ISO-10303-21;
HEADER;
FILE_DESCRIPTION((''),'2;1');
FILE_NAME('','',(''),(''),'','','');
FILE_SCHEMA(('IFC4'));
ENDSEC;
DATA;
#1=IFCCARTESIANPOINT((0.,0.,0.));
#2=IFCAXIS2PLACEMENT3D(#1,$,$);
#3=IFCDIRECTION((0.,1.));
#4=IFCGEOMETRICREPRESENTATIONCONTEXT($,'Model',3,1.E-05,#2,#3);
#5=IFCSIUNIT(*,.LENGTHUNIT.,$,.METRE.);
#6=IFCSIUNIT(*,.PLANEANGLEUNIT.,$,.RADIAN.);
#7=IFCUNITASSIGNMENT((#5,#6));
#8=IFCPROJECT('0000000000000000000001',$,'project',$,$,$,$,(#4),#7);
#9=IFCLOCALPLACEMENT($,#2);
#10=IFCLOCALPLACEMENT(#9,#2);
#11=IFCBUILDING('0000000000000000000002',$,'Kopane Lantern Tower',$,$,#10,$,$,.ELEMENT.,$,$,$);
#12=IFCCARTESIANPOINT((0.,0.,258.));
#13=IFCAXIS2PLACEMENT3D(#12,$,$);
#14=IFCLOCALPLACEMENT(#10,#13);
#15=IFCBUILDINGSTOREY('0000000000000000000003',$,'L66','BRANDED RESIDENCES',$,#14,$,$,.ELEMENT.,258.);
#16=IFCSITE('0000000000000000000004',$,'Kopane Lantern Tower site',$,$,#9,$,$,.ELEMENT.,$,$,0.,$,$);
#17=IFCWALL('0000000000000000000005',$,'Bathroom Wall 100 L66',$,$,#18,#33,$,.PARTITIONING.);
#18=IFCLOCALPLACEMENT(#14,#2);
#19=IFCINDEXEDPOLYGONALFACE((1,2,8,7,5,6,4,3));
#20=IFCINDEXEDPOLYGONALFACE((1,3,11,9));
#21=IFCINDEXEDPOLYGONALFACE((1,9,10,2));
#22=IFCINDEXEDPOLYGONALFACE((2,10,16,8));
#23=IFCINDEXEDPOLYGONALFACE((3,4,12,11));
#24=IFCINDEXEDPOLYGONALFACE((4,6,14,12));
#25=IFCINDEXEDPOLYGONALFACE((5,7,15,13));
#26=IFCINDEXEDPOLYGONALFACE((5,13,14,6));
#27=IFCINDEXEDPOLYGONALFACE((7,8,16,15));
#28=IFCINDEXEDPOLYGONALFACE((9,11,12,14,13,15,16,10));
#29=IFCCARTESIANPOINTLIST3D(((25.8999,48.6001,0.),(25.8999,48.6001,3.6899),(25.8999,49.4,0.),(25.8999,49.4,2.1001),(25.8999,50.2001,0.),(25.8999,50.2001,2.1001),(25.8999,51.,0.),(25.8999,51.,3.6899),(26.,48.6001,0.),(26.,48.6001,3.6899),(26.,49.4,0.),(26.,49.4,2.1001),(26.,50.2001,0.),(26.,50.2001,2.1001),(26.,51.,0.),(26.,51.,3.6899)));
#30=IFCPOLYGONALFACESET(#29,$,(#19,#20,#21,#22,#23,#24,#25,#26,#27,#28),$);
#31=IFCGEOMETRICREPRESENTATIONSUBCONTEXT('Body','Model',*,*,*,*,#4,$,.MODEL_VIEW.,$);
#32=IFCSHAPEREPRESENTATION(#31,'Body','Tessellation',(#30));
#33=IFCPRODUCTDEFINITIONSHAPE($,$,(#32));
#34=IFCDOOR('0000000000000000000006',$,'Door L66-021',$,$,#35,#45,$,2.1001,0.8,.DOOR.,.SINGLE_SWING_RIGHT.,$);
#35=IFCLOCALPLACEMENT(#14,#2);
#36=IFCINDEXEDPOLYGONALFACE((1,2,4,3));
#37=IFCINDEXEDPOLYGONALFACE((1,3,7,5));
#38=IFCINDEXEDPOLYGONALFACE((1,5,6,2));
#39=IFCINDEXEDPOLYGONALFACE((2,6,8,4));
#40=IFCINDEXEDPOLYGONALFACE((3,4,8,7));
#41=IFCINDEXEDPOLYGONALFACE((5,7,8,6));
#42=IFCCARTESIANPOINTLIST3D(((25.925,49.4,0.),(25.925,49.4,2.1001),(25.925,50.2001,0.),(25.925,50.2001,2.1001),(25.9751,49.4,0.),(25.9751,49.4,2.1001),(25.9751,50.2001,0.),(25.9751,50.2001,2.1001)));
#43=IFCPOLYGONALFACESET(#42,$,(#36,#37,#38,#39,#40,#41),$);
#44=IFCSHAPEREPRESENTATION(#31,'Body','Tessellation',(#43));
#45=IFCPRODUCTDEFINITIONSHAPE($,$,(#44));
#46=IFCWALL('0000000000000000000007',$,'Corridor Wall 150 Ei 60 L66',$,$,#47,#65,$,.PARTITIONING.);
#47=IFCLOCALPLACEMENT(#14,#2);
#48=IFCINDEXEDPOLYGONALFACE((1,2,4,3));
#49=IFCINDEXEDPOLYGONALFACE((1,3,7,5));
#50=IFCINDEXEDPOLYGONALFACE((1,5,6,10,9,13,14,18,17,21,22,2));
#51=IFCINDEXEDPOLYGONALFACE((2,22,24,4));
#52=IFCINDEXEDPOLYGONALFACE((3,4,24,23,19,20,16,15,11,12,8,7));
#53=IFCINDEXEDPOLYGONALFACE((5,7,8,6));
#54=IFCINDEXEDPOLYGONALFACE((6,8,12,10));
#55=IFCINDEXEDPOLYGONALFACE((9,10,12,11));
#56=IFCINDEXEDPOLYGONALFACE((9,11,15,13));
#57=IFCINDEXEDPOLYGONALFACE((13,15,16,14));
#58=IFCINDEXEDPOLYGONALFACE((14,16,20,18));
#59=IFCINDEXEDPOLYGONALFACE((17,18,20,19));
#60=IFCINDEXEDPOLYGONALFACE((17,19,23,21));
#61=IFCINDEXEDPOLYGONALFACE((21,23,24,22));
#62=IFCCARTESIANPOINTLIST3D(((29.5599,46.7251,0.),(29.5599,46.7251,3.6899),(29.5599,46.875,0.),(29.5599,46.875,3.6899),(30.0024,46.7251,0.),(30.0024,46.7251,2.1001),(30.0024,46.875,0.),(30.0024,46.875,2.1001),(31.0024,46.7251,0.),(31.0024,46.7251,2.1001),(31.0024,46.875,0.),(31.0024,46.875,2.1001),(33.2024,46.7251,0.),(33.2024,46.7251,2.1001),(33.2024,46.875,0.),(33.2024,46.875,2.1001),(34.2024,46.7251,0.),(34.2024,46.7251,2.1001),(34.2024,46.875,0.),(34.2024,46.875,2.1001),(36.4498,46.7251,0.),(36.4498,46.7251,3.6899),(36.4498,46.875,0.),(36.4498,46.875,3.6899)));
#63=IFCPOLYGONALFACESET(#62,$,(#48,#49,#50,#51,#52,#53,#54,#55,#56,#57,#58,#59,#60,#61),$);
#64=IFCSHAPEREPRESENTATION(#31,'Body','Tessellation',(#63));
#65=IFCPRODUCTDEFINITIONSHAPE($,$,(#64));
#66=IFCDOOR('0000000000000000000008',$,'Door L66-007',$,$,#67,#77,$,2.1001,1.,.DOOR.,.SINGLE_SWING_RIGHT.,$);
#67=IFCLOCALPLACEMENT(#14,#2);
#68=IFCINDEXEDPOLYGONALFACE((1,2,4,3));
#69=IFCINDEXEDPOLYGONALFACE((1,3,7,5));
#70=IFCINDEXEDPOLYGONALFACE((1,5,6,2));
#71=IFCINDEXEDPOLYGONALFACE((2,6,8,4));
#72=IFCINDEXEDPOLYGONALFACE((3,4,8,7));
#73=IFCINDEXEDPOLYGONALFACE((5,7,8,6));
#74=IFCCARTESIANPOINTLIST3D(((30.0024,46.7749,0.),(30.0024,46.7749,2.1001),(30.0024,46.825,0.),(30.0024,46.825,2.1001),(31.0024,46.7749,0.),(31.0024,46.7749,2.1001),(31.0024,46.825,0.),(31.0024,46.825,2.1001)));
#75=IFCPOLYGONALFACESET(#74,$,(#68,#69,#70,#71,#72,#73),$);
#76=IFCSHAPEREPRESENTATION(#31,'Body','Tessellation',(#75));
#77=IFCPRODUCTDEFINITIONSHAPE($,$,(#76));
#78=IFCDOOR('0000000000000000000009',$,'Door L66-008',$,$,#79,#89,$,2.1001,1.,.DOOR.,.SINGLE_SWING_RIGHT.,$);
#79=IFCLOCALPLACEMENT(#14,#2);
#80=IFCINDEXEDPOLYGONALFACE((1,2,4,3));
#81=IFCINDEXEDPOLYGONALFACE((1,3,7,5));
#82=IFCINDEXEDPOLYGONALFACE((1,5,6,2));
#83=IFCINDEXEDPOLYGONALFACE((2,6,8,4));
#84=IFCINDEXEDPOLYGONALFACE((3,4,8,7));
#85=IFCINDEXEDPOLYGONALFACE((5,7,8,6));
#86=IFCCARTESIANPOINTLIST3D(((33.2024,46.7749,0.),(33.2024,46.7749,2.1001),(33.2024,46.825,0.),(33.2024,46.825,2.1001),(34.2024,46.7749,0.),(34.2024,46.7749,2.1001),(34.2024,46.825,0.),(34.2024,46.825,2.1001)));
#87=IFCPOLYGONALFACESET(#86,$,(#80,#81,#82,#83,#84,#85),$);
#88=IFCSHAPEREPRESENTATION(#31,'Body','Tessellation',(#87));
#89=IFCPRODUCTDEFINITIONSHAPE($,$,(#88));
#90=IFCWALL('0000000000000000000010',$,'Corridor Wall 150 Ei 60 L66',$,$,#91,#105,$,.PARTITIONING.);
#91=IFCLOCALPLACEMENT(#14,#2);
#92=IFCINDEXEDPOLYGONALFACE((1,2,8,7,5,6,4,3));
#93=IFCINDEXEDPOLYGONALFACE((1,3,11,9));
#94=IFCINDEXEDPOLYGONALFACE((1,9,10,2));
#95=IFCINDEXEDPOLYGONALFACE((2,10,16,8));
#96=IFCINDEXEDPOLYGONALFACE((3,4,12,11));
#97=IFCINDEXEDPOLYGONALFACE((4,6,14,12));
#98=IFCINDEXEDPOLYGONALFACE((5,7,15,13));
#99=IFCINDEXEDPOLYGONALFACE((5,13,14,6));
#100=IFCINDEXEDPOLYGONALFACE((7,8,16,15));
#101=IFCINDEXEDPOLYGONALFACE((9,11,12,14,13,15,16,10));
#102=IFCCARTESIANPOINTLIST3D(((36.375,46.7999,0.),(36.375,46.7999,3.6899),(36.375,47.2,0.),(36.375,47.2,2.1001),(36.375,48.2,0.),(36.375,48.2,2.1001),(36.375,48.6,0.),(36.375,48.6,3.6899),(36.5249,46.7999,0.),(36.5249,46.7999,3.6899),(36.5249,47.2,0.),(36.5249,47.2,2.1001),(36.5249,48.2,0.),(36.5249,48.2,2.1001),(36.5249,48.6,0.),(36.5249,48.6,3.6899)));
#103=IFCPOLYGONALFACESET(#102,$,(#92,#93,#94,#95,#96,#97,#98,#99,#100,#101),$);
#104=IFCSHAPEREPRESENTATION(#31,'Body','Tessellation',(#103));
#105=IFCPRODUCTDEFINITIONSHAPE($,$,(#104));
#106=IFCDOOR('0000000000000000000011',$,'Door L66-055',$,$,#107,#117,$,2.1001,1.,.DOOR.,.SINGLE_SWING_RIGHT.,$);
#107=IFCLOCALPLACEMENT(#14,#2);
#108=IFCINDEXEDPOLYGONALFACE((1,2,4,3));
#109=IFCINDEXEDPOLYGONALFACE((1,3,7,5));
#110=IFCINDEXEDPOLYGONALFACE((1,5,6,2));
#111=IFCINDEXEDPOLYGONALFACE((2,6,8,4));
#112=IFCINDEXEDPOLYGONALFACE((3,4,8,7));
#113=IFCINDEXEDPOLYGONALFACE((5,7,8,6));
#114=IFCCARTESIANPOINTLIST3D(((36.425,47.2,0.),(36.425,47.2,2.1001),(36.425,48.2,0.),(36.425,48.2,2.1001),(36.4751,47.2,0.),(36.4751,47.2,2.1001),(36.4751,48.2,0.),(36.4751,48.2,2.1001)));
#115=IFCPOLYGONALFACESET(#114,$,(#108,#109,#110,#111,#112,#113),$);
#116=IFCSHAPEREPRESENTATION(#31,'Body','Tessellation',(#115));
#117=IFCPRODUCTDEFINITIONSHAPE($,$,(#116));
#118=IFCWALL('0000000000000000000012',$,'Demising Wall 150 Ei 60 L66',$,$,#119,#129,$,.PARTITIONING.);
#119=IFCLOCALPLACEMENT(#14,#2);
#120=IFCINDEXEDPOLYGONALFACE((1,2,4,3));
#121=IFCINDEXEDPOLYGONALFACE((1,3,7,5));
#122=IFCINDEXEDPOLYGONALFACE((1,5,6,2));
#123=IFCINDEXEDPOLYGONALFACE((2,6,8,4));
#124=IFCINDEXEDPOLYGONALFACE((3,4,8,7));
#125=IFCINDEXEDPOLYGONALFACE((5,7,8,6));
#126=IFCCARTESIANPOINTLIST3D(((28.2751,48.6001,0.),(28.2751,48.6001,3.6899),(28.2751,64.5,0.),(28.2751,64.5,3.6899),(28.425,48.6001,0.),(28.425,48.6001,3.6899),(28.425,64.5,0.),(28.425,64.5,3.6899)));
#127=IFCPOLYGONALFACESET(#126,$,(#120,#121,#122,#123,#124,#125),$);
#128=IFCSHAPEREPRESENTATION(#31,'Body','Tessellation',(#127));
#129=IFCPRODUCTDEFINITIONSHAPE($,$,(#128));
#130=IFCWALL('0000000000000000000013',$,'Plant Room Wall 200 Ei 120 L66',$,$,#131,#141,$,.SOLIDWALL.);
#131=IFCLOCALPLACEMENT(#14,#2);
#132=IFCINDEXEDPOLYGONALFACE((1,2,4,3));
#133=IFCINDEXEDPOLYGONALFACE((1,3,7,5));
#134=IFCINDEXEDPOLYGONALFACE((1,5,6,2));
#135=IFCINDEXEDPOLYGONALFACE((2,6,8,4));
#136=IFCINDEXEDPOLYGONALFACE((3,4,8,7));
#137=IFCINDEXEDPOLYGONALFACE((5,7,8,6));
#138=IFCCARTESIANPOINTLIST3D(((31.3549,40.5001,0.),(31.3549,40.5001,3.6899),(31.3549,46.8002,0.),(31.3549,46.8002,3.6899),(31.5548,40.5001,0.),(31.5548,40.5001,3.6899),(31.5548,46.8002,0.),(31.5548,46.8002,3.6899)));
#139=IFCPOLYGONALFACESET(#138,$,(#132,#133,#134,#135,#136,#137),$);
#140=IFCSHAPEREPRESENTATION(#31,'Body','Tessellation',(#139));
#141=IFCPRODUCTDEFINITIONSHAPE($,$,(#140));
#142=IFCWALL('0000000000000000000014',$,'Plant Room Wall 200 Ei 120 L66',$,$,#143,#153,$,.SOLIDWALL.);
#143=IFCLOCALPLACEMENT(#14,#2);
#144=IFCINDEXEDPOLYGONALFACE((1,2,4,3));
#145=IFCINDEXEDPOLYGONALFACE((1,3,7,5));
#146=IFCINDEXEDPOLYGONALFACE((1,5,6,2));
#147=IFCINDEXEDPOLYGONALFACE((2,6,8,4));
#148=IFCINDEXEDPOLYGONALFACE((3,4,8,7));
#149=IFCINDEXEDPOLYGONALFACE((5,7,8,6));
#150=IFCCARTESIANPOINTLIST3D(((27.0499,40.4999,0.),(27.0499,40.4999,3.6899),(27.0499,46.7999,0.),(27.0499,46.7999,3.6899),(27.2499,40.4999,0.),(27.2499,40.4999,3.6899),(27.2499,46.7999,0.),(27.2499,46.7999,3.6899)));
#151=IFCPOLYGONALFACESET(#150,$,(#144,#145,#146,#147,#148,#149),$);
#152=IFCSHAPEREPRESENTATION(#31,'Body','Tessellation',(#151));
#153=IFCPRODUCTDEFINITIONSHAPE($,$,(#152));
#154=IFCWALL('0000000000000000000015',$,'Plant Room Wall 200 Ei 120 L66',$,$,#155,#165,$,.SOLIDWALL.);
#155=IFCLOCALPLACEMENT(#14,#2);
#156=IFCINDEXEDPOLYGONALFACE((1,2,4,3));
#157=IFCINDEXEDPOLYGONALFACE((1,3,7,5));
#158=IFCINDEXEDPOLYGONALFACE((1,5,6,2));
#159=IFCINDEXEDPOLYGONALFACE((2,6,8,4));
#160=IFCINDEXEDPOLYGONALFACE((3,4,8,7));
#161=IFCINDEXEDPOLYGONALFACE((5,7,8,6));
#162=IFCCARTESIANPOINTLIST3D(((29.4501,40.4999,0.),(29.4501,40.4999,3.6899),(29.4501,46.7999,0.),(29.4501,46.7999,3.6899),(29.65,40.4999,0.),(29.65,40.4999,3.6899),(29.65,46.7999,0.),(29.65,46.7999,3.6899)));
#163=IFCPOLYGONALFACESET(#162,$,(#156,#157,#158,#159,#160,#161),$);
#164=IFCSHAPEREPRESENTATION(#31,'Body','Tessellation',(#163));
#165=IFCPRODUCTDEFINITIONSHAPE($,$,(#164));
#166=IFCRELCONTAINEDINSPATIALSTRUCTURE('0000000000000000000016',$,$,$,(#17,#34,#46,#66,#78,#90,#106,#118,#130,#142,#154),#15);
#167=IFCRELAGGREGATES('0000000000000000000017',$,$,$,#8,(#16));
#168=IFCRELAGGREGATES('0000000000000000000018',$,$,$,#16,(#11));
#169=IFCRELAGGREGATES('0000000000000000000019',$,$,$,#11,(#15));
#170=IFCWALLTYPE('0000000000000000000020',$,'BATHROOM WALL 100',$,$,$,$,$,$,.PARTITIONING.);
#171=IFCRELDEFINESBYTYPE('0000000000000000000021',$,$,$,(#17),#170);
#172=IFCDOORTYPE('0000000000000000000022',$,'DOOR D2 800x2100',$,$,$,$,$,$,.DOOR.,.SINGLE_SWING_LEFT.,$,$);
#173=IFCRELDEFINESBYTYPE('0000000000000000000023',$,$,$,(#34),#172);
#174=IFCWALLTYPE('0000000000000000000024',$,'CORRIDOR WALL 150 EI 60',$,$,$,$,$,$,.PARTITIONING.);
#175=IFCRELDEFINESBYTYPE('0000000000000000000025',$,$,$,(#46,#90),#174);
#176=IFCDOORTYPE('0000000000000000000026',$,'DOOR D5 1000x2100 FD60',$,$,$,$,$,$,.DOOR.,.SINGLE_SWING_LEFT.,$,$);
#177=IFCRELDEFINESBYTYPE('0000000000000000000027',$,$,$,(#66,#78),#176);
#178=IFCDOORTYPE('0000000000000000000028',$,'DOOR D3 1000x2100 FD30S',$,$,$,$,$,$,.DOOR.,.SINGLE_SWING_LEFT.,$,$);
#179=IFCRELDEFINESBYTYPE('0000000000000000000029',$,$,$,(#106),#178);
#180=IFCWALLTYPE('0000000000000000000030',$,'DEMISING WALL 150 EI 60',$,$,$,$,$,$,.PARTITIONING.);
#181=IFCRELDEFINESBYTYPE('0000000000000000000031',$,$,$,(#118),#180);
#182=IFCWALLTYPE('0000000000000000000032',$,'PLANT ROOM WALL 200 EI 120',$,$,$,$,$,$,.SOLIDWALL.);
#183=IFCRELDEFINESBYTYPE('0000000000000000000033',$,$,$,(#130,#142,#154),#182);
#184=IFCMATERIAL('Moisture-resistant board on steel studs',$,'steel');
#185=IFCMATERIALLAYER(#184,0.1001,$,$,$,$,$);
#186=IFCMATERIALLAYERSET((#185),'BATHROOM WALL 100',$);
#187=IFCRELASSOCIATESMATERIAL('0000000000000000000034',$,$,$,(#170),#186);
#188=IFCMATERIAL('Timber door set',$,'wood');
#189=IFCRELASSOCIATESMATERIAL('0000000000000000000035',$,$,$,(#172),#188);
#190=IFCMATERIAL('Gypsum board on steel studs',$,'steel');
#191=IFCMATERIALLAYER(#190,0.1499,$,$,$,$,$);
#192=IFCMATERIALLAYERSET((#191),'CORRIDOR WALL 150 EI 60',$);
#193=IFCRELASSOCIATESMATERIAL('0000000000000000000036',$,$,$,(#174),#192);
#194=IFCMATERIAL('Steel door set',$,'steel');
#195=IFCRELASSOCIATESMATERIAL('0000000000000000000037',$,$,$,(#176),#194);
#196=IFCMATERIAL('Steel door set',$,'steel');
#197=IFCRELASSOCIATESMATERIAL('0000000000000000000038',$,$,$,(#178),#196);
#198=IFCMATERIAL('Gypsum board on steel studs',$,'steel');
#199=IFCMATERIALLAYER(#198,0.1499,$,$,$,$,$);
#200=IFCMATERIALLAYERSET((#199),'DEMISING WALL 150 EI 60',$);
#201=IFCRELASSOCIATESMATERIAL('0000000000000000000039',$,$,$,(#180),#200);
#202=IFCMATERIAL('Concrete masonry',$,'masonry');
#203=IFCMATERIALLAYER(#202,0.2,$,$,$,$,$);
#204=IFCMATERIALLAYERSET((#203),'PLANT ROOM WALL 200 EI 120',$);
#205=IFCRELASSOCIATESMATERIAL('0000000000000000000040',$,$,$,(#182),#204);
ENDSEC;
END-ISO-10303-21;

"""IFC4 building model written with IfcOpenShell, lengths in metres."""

from ifc_helpers import new_model, si_unit, direction, frame, frame_2d, origin, place, context, subcontext, project, spatial, rectangle, extrude, material, layer, layer_set, type_object, element, fill, save


model = new_model("IFC4")

# Units and contexts
model_context = context("Model", 3, precision=1e-05, world=origin(), true_north=direction((0.0, 1.0)))
body_context = subcontext(model_context, "Body", "Model", "MODEL_VIEW")
ifc_project = project(units=[si_unit("LENGTHUNIT", "METRE"), si_unit("PLANEANGLEUNIT", "RADIAN")], contexts=[model_context])

# Site, building, storey
site_placement = place(None, origin())
site = spatial("IfcSite", under=ifc_project, at=site_placement, Name="Kopane Lantern Tower site", CompositionType="ELEMENT", RefElevation=0.0)
building_placement = place(site_placement, origin())
building = spatial("IfcBuilding", under=site, at=building_placement, Name="Kopane Lantern Tower", CompositionType="ELEMENT")
storey_placement = place(building_placement, frame((0.0, 0.0, 258.0)))
storey = spatial("IfcBuildingStorey", under=building, at=storey_placement, Name="L66", Description="BRANDED RESIDENCES", CompositionType="ELEMENT", Elevation=258.0)

# Wall, opening, door
ifc_material_1 = material(Name="Moisture-resistant board on steel studs", Category="steel")
ifc_layer_1 = layer(ifc_material_1, 0.1001)
ifc_layer_set_1 = layer_set([ifc_layer_1], Name="BATHROOM WALL 100")
wall_type_1 = type_object("IfcWallType", Name="BATHROOM WALL 100", PredefinedType="PARTITIONING", material=ifc_layer_set_1)
wall_1_placement = place(storey_placement, frame((25.95, 48.6001, 0.0), z_axis=(0.0, 0.0, 1.0), x_axis=(0.0, 1.0, 0.0)))
wall_1 = element("IfcWall", 1, at=wall_1_placement, inside=storey, type_object=wall_type_1, Name="Bathroom Wall 100 L66", PredefinedType="PARTITIONING", context=body_context, shape_type="SweptSolid", body=[
    extrude(rectangle(XDim=2.3999, YDim=0.1001, at=frame_2d((1.2, 0.0))), origin(), (0.0, 0.0, 1.0), 3.6899),
])
opening_1_placement = place(wall_1_placement, frame((0.8, 0.0, 0.0)))
opening_1 = element("IfcOpeningElement", 2, at=opening_1_placement, cuts=wall_1, PredefinedType="OPENING", context=body_context, shape_type="SweptSolid", body=[
    extrude(rectangle(XDim=0.8, YDim=2.1001, at=frame_2d((0.3999, 1.05))), frame((0.0, 0.0601, 0.0), z_axis=(0.0, -1.0, 0.0), x_axis=(1.0, 0.0, 0.0)), (0.0, 0.0, 1.0), 0.1201),
])
ifc_material_2 = material(Name="Timber door set", Category="wood")
door_type_1 = type_object("IfcDoorType", Name="DOOR D2 800x2100", OperationType="SINGLE_SWING_LEFT", PredefinedType="DOOR", material=ifc_material_2)
door_1_placement = place(opening_1_placement, origin())
door_1 = element("IfcDoor", 3, at=door_1_placement, inside=storey, type_object=door_type_1, Name="Door L66-021", OperationType="SINGLE_SWING_RIGHT", OverallHeight=2.1001, OverallWidth=0.8, PredefinedType="DOOR", context=body_context, shape_type="SweptSolid", body=[
    extrude(rectangle(XDim=0.8, YDim=2.1001, at=frame_2d((0.3999, 1.05))), frame((0.0, 0.0249, 0.0), z_axis=(0.0, -1.0, 0.0), x_axis=(1.0, 0.0, 0.0)), (0.0, 0.0, 1.0), 0.05),
])
fill(opening_1, door_1)

# Wall, openings, doors
ifc_material_3 = material(Name="Gypsum board on steel studs", Category="steel")
ifc_layer_2 = layer(ifc_material_3, 0.1499)
ifc_layer_set_2 = layer_set([ifc_layer_2], Name="CORRIDOR WALL 150 EI 60")
wall_type_2 = type_object("IfcWallType", Name="CORRIDOR WALL 150 EI 60", PredefinedType="PARTITIONING", material=ifc_layer_set_2)
wall_2_placement = place(storey_placement, frame((29.5601, 46.8, 0.0), z_axis=(0.0, 0.0, 1.0), x_axis=(1.0, 0.0, 0.0)))
wall_2 = element("IfcWall", 4, at=wall_2_placement, inside=storey, type_object=wall_type_2, Name="Corridor Wall 150 Ei 60 L66", PredefinedType="PARTITIONING", context=body_context, shape_type="SweptSolid", body=[
    extrude(rectangle(XDim=6.8899, YDim=0.1499, at=frame_2d((3.4448, 0.0))), origin(), (0.0, 0.0, 1.0), 3.6899),
])
opening_2_placement = place(wall_2_placement, frame((0.4424, 0.0, 0.0)))
opening_2 = element("IfcOpeningElement", 5, at=opening_2_placement, cuts=wall_2, PredefinedType="OPENING", context=body_context, shape_type="SweptSolid", body=[
    extrude(rectangle(XDim=1.0, YDim=2.1001, at=frame_2d((0.5, 1.05))), frame((0.0, 0.085, 0.0), z_axis=(0.0, -1.0, 0.0), x_axis=(1.0, 0.0, 0.0)), (0.0, 0.0, 1.0), 0.1699),
])
opening_3_placement = place(wall_2_placement, frame((3.6423, 0.0, 0.0)))
opening_3 = element("IfcOpeningElement", 6, at=opening_3_placement, cuts=wall_2, PredefinedType="OPENING", context=body_context, shape_type="SweptSolid", body=[
    extrude(rectangle(XDim=1.0, YDim=2.1001, at=frame_2d((0.5, 1.05))), frame((0.0, 0.085, 0.0), z_axis=(0.0, -1.0, 0.0), x_axis=(1.0, 0.0, 0.0)), (0.0, 0.0, 1.0), 0.1699),
])
ifc_material_4 = material(Name="Steel door set", Category="steel")
door_type_2 = type_object("IfcDoorType", Name="DOOR D5 1000x2100 FD60", OperationType="SINGLE_SWING_LEFT", PredefinedType="DOOR", material=ifc_material_4)
door_2_placement = place(opening_2_placement, origin())
door_2 = element("IfcDoor", 7, at=door_2_placement, inside=storey, type_object=door_type_2, Name="Door L66-007", OperationType="SINGLE_SWING_RIGHT", OverallHeight=2.1001, OverallWidth=1.0, PredefinedType="DOOR", context=body_context, shape_type="SweptSolid", body=[
    extrude(rectangle(XDim=1.0, YDim=2.1001, at=frame_2d((0.5, 1.05))), frame((0.0, 0.0249, 0.0), z_axis=(0.0, -1.0, 0.0), x_axis=(1.0, 0.0, 0.0)), (0.0, 0.0, 1.0), 0.05),
])
fill(opening_2, door_2)
door_3_placement = place(opening_3_placement, origin())
door_3 = element("IfcDoor", 8, at=door_3_placement, inside=storey, type_object=door_type_2, Name="Door L66-008", OperationType="SINGLE_SWING_RIGHT", OverallHeight=2.1001, OverallWidth=1.0, PredefinedType="DOOR", context=body_context, shape_type="SweptSolid", body=[
    extrude(rectangle(XDim=1.0, YDim=2.1001, at=frame_2d((0.5, 1.05))), frame((0.0, 0.0249, 0.0), z_axis=(0.0, -1.0, 0.0), x_axis=(1.0, 0.0, 0.0)), (0.0, 0.0, 1.0), 0.05),
])
fill(opening_3, door_3)

# Wall, opening, door
wall_3_placement = place(storey_placement, frame((36.45, 46.8, 0.0), z_axis=(0.0, 0.0, 1.0), x_axis=(0.0, 1.0, 0.0)))
wall_3 = element("IfcWall", 9, at=wall_3_placement, inside=storey, type_object=wall_type_2, Name="Corridor Wall 150 Ei 60 L66", PredefinedType="PARTITIONING", context=body_context, shape_type="SweptSolid", body=[
    extrude(rectangle(XDim=1.8, YDim=0.1499, at=frame_2d((0.8999, 0.0))), origin(), (0.0, 0.0, 1.0), 3.6899),
])
opening_4_placement = place(wall_3_placement, frame((0.3999, 0.0, 0.0)))
opening_4 = element("IfcOpeningElement", 10, at=opening_4_placement, cuts=wall_3, PredefinedType="OPENING", context=body_context, shape_type="SweptSolid", body=[
    extrude(rectangle(XDim=1.0, YDim=2.1001, at=frame_2d((0.5, 1.05))), frame((0.0, 0.085, 0.0), z_axis=(0.0, -1.0, 0.0), x_axis=(1.0, 0.0, 0.0)), (0.0, 0.0, 1.0), 0.1699),
])
ifc_material_5 = material(Name="Steel door set", Category="steel")
door_type_3 = type_object("IfcDoorType", Name="DOOR D3 1000x2100 FD30S", OperationType="SINGLE_SWING_LEFT", PredefinedType="DOOR", material=ifc_material_5)
door_4_placement = place(opening_4_placement, origin())
door_4 = element("IfcDoor", 11, at=door_4_placement, inside=storey, type_object=door_type_3, Name="Door L66-055", OperationType="SINGLE_SWING_RIGHT", OverallHeight=2.1001, OverallWidth=1.0, PredefinedType="DOOR", context=body_context, shape_type="SweptSolid", body=[
    extrude(rectangle(XDim=1.0, YDim=2.1001, at=frame_2d((0.5, 1.05))), frame((0.0, 0.0249, 0.0), z_axis=(0.0, -1.0, 0.0), x_axis=(1.0, 0.0, 0.0)), (0.0, 0.0, 1.0), 0.05),
])
fill(opening_4, door_4)

# Walls
ifc_material_6 = material(Name="Gypsum board on steel studs", Category="steel")
ifc_layer_3 = layer(ifc_material_6, 0.1499)
ifc_layer_set_3 = layer_set([ifc_layer_3], Name="DEMISING WALL 150 EI 60")
wall_type_3 = type_object("IfcWallType", Name="DEMISING WALL 150 EI 60", PredefinedType="PARTITIONING", material=ifc_layer_set_3)
wall_4_placement = place(storey_placement, frame((28.3501, 48.6001, 0.0), z_axis=(0.0, 0.0, 1.0), x_axis=(0.0, 1.0, 0.0)))
element("IfcWall", 12, at=wall_4_placement, inside=storey, type_object=wall_type_3, Name="Demising Wall 150 Ei 60 L66", PredefinedType="PARTITIONING", context=body_context, shape_type="SweptSolid", body=[
    extrude(rectangle(XDim=15.8999, YDim=0.1499, at=frame_2d((7.95, 0.0))), origin(), (0.0, 0.0, 1.0), 3.6899),
])
ifc_material_7 = material(Name="Concrete masonry", Category="masonry")
ifc_layer_4 = layer(ifc_material_7, 0.2)
ifc_layer_set_4 = layer_set([ifc_layer_4], Name="PLANT ROOM WALL 200 EI 120")
wall_type_4 = type_object("IfcWallType", Name="PLANT ROOM WALL 200 EI 120", PredefinedType="SOLIDWALL", material=ifc_layer_set_4)
for number, where, z_axis, x_axis, name in (
    (13, (31.4548, 46.8, 0.0), (0.0, 0.0, 1.0), (0.0, -1.0, 0.0), "Plant Room Wall 200 Ei 120 L66"),
    (14, (27.1499, 40.5, 0.0), (0.0, 0.0, 1.0), (0.0, 1.0, 0.0), "Plant Room Wall 200 Ei 120 L66"),
    (15, (29.55, 40.5, 0.0), (0.0, 0.0, 1.0), (0.0, 1.0, 0.0), "Plant Room Wall 200 Ei 120 L66"),
):
    element("IfcWall", number, at=place(storey_placement, frame(where, z_axis=z_axis, x_axis=x_axis)), inside=storey, type_object=wall_type_4, Name=name, PredefinedType="SOLIDWALL", context=body_context, shape_type="SweptSolid", body=[
        extrude(rectangle(XDim=6.3, YDim=0.2, at=frame_2d((3.1499, 0.0))), origin(), (0.0, 0.0, 1.0), 3.6899),
    ])

save(model, "model.ifc")
